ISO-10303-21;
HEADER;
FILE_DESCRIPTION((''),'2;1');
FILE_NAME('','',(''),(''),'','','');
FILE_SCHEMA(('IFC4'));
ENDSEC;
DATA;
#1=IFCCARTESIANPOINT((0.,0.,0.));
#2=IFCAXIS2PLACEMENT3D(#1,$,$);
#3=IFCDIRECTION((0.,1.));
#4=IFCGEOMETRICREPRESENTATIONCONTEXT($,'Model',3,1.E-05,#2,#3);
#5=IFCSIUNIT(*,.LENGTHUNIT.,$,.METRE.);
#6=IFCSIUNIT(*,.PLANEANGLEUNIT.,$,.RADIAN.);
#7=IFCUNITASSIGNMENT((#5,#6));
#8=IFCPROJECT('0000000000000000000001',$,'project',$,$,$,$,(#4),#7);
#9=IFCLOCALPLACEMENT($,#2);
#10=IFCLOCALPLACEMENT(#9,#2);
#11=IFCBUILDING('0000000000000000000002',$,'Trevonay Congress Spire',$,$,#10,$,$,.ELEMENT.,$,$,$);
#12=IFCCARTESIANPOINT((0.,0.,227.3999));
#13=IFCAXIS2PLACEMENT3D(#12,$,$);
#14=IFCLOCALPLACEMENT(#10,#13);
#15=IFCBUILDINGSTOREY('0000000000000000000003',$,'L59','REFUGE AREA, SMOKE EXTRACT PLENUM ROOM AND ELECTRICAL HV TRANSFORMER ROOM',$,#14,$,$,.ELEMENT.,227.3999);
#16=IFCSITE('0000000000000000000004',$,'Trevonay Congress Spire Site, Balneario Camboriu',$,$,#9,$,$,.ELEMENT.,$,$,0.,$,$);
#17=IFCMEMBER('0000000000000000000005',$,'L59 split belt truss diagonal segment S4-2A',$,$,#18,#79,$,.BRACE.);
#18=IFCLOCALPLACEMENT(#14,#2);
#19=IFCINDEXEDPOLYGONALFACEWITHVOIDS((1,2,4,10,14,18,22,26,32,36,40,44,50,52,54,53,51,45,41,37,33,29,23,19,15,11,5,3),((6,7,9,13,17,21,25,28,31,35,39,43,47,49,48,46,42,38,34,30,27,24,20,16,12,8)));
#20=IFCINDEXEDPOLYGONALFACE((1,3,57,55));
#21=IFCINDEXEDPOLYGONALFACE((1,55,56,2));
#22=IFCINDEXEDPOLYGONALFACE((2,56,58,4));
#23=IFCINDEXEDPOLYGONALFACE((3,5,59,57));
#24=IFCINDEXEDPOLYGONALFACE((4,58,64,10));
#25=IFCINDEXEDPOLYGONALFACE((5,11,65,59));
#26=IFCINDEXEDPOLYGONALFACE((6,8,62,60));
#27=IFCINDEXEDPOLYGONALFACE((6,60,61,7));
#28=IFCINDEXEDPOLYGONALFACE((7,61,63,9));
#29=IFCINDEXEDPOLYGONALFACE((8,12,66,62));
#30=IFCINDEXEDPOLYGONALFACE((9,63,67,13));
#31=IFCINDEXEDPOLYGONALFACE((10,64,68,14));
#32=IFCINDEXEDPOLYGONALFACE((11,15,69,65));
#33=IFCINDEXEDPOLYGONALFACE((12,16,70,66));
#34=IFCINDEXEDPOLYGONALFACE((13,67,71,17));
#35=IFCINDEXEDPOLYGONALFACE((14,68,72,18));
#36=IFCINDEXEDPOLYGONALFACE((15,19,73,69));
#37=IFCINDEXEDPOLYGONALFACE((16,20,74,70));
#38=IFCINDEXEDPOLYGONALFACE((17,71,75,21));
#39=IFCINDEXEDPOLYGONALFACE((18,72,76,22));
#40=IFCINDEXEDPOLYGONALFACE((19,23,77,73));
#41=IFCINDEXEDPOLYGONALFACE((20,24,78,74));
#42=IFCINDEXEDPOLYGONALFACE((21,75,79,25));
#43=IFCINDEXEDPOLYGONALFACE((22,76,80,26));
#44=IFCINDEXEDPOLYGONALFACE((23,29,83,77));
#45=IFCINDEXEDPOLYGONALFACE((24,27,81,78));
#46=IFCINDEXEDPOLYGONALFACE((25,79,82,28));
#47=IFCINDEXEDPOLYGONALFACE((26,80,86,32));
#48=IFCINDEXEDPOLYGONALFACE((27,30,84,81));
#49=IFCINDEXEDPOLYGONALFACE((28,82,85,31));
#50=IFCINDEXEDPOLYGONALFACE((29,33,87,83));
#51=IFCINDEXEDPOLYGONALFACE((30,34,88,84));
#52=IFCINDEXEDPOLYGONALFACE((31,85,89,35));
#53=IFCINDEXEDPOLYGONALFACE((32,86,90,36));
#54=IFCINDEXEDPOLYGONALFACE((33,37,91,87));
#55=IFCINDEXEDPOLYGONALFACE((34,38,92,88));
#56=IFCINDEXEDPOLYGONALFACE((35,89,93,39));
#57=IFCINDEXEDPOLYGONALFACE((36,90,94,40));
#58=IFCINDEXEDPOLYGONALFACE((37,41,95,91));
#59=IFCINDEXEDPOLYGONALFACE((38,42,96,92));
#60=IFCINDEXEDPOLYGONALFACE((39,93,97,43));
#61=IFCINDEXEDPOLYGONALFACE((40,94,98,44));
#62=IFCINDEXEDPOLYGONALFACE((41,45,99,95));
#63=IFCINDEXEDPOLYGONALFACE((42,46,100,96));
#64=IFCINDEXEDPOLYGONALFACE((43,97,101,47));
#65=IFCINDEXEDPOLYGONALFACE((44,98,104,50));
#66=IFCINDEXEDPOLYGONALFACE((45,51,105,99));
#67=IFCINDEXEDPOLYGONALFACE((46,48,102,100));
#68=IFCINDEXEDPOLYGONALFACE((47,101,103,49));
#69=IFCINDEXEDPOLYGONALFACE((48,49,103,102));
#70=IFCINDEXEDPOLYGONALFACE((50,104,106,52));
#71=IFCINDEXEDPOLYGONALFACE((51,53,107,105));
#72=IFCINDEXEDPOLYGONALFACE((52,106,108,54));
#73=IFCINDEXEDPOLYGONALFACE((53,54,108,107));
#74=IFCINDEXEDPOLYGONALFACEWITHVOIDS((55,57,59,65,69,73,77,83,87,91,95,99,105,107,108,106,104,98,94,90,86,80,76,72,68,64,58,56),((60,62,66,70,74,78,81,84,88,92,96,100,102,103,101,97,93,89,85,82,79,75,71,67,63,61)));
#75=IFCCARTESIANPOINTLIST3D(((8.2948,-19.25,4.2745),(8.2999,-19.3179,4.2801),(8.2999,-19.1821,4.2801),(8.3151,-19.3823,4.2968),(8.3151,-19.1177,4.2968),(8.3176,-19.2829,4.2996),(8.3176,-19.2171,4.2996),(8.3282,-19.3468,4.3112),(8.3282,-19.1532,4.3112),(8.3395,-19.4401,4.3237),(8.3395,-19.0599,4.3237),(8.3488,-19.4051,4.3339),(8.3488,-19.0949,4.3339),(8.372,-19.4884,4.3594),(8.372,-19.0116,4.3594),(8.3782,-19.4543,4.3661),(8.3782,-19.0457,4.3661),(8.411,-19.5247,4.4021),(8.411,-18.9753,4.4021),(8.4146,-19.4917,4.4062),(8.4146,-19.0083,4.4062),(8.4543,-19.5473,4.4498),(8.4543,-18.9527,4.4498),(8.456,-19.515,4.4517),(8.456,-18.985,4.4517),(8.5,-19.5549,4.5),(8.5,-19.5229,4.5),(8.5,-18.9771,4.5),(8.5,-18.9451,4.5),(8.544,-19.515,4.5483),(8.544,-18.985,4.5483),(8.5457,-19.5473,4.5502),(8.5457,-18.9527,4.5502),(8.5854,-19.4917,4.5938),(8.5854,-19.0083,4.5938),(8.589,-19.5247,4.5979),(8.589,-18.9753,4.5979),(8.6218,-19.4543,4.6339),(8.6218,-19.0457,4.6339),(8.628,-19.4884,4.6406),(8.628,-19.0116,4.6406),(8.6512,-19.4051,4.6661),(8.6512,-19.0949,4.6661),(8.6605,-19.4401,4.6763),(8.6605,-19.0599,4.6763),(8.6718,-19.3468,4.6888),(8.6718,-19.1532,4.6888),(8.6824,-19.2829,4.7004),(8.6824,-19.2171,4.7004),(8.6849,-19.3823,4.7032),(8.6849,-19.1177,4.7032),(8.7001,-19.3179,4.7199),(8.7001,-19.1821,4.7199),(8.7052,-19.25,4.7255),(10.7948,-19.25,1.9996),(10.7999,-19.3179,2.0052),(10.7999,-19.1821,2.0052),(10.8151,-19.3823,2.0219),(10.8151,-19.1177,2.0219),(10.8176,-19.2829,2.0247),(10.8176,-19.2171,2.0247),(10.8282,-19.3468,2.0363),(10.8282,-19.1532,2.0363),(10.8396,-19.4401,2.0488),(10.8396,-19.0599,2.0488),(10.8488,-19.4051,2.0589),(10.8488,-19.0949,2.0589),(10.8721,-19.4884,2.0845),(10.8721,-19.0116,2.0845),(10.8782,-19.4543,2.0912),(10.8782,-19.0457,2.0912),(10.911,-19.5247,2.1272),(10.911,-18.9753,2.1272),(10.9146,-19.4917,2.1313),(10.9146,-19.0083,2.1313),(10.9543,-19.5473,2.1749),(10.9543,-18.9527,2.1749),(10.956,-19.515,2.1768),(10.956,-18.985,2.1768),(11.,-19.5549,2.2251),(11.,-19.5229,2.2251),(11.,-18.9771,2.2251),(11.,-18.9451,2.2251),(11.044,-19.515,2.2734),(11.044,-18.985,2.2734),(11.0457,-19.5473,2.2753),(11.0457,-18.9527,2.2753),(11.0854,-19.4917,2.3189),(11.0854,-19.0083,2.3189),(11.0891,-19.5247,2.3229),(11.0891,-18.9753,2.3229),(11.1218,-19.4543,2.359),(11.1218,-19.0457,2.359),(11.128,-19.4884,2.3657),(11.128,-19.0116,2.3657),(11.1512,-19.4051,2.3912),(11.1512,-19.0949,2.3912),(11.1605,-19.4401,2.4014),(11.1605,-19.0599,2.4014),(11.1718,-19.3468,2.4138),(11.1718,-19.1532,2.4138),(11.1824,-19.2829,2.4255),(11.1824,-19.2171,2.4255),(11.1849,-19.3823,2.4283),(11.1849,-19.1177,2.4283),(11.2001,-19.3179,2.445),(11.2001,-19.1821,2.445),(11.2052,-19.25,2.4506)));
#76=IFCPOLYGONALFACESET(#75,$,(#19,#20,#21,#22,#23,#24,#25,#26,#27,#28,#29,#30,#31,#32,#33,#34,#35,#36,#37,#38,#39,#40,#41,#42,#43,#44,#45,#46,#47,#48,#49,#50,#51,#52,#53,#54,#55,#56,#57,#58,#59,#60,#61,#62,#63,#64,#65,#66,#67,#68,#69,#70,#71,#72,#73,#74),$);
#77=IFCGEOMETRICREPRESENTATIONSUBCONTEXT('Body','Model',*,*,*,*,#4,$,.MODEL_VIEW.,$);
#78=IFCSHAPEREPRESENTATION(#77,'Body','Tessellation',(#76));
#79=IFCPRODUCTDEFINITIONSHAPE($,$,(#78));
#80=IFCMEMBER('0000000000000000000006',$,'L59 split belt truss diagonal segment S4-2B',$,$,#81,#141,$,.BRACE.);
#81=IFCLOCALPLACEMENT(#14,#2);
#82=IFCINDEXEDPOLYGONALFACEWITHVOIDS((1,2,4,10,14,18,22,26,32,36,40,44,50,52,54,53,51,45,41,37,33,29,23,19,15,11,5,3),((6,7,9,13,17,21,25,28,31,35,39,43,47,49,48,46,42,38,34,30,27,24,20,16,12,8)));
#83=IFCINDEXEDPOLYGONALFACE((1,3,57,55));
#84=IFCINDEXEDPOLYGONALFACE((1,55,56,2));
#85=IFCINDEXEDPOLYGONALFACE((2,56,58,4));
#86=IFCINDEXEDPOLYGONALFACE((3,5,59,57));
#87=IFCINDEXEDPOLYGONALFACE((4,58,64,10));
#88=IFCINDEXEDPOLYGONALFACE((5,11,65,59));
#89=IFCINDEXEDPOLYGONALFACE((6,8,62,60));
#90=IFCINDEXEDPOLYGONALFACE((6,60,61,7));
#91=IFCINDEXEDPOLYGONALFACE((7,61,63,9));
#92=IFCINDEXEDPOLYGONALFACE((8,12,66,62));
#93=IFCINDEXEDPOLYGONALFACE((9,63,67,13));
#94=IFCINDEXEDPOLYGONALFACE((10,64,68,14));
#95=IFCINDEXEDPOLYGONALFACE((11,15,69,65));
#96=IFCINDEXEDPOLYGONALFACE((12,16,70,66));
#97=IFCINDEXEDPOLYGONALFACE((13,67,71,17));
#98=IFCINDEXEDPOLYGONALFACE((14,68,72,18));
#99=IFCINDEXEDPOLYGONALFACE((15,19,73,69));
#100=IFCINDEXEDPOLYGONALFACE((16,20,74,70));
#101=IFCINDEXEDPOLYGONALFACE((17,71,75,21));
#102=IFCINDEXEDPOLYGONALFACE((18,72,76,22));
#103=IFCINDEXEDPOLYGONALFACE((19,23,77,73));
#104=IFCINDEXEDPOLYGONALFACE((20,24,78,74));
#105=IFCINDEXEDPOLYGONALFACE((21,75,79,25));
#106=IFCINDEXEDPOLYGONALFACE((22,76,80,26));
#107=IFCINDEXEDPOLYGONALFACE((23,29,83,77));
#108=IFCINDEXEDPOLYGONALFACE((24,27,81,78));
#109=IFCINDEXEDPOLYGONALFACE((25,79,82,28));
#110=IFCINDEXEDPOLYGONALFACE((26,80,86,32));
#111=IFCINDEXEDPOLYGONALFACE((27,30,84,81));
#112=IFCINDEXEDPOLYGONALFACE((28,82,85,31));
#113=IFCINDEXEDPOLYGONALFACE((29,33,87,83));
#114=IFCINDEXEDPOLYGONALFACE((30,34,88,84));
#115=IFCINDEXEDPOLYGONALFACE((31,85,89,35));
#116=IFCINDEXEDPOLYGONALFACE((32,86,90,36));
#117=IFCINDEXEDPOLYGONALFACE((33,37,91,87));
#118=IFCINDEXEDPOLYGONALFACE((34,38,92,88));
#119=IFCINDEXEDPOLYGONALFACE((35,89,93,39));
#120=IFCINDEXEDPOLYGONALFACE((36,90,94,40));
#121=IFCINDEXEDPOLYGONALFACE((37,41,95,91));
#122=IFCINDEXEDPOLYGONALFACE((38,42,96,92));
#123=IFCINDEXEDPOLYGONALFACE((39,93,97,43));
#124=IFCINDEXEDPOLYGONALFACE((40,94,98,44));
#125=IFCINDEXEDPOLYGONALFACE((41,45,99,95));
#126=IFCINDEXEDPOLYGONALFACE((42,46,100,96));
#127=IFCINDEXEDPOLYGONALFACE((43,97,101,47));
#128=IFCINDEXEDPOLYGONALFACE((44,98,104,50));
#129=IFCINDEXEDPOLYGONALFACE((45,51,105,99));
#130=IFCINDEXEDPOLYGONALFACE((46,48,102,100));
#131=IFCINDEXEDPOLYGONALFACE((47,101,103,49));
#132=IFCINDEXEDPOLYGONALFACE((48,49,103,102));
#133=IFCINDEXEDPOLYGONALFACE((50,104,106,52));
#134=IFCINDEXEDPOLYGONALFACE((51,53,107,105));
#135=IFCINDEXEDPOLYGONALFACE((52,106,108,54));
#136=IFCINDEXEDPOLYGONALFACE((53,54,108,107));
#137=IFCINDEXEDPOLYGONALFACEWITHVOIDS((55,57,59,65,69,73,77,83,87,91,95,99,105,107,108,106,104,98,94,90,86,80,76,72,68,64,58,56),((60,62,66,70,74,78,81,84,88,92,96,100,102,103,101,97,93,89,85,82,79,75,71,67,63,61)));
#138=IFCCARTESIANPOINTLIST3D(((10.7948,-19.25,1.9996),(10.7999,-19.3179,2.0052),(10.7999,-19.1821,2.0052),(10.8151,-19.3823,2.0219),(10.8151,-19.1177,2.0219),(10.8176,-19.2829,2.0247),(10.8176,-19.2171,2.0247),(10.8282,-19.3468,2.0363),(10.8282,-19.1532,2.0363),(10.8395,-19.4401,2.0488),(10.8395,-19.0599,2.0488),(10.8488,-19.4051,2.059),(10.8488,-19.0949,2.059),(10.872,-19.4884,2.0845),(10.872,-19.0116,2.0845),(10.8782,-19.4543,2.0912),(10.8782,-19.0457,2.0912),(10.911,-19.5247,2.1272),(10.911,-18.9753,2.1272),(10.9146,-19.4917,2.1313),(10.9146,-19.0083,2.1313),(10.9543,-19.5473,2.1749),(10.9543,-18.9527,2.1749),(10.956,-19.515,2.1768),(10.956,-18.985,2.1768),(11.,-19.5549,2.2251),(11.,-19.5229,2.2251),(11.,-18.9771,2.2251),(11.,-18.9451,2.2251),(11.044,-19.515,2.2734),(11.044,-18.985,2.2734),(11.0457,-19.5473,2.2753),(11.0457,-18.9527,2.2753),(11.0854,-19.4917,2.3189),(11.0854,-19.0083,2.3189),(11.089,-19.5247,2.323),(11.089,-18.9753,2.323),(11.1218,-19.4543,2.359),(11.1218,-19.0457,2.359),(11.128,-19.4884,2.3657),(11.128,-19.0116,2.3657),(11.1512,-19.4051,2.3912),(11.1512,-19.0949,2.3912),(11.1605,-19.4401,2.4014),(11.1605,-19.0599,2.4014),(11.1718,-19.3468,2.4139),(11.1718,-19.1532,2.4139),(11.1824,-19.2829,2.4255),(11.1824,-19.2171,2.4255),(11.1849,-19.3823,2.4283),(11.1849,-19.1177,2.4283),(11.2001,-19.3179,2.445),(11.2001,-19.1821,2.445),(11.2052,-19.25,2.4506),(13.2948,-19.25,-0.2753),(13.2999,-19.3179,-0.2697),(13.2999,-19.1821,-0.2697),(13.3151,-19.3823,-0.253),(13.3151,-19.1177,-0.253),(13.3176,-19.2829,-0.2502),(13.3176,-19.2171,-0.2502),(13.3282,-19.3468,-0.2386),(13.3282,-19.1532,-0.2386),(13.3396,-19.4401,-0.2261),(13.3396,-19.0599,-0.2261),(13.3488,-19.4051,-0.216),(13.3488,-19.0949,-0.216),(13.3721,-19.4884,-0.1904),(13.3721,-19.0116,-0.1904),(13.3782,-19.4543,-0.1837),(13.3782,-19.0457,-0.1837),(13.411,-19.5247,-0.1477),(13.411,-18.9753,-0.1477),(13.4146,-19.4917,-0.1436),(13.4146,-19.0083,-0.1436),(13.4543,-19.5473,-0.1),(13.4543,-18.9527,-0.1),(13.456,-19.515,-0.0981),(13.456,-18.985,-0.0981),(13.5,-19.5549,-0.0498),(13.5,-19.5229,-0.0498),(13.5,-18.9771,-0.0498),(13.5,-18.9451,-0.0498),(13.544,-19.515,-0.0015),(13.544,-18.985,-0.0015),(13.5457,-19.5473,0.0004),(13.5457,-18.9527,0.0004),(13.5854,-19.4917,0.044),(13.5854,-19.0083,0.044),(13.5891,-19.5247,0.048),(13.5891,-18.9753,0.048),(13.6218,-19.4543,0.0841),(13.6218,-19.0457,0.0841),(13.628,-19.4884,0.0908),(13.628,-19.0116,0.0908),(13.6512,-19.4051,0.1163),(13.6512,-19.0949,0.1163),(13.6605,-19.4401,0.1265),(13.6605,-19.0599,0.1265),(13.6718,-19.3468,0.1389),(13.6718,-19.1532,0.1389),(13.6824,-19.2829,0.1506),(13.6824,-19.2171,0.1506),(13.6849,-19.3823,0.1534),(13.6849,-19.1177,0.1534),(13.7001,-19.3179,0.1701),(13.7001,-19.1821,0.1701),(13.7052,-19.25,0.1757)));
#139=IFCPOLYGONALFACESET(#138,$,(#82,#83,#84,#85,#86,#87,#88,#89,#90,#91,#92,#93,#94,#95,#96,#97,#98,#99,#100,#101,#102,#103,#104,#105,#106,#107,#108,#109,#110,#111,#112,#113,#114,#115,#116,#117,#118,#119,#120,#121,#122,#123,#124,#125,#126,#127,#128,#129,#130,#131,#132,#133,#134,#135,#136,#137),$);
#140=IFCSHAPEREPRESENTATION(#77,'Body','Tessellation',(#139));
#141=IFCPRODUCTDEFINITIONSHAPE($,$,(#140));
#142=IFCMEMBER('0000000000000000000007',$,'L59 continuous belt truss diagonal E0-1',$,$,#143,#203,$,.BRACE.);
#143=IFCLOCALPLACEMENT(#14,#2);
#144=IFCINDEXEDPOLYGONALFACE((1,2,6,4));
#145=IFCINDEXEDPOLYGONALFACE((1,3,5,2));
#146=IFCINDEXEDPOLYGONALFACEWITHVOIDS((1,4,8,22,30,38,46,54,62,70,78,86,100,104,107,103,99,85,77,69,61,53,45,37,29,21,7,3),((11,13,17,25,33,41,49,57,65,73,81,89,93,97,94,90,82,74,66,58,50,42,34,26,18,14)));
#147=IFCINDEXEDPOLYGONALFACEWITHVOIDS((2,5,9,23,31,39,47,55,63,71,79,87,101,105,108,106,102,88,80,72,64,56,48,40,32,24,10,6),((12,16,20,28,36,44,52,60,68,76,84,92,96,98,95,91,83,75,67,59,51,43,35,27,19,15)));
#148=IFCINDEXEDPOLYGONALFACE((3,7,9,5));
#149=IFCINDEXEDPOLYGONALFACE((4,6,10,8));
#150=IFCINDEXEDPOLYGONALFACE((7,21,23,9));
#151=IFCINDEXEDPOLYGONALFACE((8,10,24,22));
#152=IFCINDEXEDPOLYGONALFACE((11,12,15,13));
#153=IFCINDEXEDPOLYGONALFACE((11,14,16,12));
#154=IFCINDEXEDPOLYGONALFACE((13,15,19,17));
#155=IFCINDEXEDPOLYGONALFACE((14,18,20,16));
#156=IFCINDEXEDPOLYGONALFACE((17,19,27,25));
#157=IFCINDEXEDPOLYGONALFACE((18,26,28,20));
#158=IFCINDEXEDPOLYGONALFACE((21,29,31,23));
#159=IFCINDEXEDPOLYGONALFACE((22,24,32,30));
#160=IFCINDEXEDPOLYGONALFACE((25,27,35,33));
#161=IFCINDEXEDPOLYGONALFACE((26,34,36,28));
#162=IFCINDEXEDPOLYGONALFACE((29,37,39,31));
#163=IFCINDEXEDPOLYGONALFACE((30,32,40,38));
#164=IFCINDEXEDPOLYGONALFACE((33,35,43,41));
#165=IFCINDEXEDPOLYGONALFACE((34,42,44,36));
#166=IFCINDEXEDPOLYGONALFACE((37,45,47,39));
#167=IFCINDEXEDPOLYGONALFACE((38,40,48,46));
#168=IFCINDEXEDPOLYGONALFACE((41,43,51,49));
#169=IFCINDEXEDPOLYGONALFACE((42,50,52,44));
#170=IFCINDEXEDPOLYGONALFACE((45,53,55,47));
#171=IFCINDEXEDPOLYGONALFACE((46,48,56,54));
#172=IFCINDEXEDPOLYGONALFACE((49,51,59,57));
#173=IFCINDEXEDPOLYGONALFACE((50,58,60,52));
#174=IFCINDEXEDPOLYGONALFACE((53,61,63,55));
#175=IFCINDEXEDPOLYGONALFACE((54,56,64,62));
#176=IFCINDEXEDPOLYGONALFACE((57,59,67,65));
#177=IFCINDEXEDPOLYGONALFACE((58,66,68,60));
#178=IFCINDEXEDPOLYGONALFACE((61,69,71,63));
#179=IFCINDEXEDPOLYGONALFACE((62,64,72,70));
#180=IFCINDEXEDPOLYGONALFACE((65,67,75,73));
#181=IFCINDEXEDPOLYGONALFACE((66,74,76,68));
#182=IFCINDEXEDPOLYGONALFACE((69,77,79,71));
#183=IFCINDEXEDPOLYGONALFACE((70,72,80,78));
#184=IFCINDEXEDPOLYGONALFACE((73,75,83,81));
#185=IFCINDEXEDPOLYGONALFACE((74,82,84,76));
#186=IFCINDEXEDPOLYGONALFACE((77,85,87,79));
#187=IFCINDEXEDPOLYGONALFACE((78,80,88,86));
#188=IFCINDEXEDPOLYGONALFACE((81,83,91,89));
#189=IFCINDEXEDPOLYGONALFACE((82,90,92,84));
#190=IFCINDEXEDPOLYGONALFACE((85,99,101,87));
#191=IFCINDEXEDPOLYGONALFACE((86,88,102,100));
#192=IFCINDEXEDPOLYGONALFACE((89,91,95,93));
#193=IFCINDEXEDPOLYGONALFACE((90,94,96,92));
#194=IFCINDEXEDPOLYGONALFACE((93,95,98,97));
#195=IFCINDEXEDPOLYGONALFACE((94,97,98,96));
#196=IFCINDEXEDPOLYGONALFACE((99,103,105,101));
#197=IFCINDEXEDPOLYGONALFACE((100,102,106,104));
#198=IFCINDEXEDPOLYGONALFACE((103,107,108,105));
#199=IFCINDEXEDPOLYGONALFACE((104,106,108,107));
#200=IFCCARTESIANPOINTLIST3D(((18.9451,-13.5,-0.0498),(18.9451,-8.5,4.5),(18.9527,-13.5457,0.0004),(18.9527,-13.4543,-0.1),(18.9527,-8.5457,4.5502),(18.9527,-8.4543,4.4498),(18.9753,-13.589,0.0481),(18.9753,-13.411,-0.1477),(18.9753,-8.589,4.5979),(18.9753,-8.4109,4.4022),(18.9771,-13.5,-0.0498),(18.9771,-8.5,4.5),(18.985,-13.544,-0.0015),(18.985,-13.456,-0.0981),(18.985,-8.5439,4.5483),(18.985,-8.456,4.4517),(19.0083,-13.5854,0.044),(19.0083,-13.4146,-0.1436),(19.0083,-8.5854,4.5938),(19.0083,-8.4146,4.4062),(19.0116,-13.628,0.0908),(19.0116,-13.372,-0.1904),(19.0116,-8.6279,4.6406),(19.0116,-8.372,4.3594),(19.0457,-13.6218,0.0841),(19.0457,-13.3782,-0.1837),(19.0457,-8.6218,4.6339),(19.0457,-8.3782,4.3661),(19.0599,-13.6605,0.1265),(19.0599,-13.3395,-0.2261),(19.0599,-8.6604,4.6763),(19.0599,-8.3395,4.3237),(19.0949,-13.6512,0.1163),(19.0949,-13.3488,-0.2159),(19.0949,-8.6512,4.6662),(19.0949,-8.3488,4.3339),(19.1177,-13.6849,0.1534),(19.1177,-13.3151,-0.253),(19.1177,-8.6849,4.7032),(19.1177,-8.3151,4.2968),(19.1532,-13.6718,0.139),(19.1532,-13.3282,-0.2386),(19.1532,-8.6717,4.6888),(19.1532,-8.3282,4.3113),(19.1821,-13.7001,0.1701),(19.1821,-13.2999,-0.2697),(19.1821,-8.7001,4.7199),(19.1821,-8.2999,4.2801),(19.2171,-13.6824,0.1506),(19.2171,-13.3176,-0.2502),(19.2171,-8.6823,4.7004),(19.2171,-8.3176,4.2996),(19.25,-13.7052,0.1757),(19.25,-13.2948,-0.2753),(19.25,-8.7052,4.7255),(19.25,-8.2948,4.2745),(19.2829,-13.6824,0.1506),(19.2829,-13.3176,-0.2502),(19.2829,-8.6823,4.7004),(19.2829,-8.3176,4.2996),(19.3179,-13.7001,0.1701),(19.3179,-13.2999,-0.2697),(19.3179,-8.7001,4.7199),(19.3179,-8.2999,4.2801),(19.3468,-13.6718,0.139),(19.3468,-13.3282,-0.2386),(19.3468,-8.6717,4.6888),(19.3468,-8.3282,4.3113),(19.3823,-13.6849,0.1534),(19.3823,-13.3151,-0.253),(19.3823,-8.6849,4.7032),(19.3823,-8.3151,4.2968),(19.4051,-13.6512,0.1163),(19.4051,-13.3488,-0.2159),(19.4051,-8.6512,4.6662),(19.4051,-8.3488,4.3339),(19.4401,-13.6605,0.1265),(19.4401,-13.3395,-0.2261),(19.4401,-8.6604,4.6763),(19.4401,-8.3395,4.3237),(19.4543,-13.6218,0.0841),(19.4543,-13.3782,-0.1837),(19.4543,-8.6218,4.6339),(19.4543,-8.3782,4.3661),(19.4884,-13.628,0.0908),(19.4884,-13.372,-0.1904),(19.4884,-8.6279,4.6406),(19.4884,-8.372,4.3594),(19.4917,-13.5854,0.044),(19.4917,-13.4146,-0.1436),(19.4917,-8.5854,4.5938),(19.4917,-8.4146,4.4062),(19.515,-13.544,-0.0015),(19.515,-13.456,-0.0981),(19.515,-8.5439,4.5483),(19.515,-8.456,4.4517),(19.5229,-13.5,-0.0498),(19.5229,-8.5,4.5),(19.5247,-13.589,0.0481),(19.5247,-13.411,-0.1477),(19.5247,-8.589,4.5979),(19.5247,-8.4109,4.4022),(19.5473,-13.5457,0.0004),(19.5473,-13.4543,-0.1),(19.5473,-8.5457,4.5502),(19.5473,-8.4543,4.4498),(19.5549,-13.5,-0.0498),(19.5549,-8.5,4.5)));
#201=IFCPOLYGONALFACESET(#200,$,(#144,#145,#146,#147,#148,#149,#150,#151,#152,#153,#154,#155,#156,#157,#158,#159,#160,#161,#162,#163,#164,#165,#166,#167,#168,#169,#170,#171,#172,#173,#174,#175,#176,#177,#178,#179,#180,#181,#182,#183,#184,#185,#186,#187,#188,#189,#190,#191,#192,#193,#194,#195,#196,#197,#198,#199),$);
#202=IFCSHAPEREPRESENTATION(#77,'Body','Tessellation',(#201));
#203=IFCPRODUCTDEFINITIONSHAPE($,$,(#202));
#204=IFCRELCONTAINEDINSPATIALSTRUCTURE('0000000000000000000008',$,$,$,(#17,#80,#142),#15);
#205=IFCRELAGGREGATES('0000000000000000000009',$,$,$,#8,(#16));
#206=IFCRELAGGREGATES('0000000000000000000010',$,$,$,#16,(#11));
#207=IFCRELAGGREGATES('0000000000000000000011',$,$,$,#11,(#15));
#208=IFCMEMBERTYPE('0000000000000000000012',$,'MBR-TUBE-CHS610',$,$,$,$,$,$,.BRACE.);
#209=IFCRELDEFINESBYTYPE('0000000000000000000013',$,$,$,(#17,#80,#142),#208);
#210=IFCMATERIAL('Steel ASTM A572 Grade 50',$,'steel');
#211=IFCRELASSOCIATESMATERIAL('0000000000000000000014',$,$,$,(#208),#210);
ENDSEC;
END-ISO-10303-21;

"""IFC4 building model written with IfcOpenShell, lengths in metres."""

from ifc_helpers import new_model, si_unit, direction, frame, origin, origin_2d, place, context, subcontext, project, spatial, hollow_circle, extrude, material, material_profile, profile_set, type_object, element, save


model = new_model("IFC4")

# Units and contexts
model_context = context("Model", 3, precision=1e-05, world=origin(), true_north=direction((0.0, 1.0)))
body_context = subcontext(model_context, "Body", "Model", "MODEL_VIEW")
ifc_project = project(units=[si_unit("LENGTHUNIT", "METRE"), si_unit("PLANEANGLEUNIT", "RADIAN")], contexts=[model_context])

# Site, building, storey
site_placement = place(None, origin())
site = spatial("IfcSite", under=ifc_project, at=site_placement, Name="Trevonay Congress Spire Site, Balneario Camboriu", CompositionType="ELEMENT", RefElevation=0.0)
building_placement = place(site_placement, origin())
building = spatial("IfcBuilding", under=site, at=building_placement, Name="Trevonay Congress Spire", CompositionType="ELEMENT")
storey_placement = place(building_placement, frame((0.0, 0.0, 227.3999)))
storey = spatial("IfcBuildingStorey", under=building, at=storey_placement, Name="L59", Description="REFUGE AREA, SMOKE EXTRACT PLENUM ROOM AND ELECTRICAL HV TRANSFORMER ROOM", CompositionType="ELEMENT", Elevation=227.3999)

# Shared definitions
ifc_material_1 = material(Name="Steel ASTM A572 Grade 50", Category="steel")

# Members
ifc_material_profile_1 = material_profile(ifc_material_1, hollow_circle(Radius=0.3049, WallThickness=0.032, at=origin_2d()), Name="CHS 610x32")
ifc_profile_set_1 = profile_set([ifc_material_profile_1], Name="Steel ASTM A572 Grade 50")
member_type = type_object("IfcMemberType", Name="MBR-TUBE-CHS610", PredefinedType="BRACE", material=ifc_profile_set_1)
for number, where, z_axis, x_axis, name in (
    (1, (8.5, -19.25, 4.5), (0.73962, 0.0, -0.673025), (0.0, 1.0, 0.0), "L59 split belt truss diagonal segment S4-2A"),
    (2, (11.0, -19.25, 2.2251), (0.73962, 0.0, -0.673025), (0.0, 1.0, 0.0), "L59 split belt truss diagonal segment S4-2B"),
):
    element("IfcMember", number, at=place(storey_placement, frame(where, z_axis=z_axis, x_axis=x_axis)), inside=storey, type_object=member_type, Name=name, PredefinedType="BRACE", context=body_context, shape_type="SweptSolid", body=[
        extrude(hollow_circle(Radius=0.3049, WallThickness=0.032, at=origin_2d()), origin(), (0.0, 0.0, 1.0), 3.3801),
    ])
member_1_placement = place(storey_placement, frame((19.25, -13.5, -0.0498), z_axis=(0.0, 0.73962, 0.673025), x_axis=(-1.0, 0.0, 0.0)))
element("IfcMember", 3, at=member_1_placement, inside=storey, type_object=member_type, Name="L59 continuous belt truss diagonal E0-1", PredefinedType="BRACE", context=body_context, shape_type="SweptSolid", body=[
    extrude(hollow_circle(Radius=0.3049, WallThickness=0.032, at=origin_2d()), origin(), (0.0, 0.0, 1.0), 6.7603),
])

save(model, "model.ifc")
